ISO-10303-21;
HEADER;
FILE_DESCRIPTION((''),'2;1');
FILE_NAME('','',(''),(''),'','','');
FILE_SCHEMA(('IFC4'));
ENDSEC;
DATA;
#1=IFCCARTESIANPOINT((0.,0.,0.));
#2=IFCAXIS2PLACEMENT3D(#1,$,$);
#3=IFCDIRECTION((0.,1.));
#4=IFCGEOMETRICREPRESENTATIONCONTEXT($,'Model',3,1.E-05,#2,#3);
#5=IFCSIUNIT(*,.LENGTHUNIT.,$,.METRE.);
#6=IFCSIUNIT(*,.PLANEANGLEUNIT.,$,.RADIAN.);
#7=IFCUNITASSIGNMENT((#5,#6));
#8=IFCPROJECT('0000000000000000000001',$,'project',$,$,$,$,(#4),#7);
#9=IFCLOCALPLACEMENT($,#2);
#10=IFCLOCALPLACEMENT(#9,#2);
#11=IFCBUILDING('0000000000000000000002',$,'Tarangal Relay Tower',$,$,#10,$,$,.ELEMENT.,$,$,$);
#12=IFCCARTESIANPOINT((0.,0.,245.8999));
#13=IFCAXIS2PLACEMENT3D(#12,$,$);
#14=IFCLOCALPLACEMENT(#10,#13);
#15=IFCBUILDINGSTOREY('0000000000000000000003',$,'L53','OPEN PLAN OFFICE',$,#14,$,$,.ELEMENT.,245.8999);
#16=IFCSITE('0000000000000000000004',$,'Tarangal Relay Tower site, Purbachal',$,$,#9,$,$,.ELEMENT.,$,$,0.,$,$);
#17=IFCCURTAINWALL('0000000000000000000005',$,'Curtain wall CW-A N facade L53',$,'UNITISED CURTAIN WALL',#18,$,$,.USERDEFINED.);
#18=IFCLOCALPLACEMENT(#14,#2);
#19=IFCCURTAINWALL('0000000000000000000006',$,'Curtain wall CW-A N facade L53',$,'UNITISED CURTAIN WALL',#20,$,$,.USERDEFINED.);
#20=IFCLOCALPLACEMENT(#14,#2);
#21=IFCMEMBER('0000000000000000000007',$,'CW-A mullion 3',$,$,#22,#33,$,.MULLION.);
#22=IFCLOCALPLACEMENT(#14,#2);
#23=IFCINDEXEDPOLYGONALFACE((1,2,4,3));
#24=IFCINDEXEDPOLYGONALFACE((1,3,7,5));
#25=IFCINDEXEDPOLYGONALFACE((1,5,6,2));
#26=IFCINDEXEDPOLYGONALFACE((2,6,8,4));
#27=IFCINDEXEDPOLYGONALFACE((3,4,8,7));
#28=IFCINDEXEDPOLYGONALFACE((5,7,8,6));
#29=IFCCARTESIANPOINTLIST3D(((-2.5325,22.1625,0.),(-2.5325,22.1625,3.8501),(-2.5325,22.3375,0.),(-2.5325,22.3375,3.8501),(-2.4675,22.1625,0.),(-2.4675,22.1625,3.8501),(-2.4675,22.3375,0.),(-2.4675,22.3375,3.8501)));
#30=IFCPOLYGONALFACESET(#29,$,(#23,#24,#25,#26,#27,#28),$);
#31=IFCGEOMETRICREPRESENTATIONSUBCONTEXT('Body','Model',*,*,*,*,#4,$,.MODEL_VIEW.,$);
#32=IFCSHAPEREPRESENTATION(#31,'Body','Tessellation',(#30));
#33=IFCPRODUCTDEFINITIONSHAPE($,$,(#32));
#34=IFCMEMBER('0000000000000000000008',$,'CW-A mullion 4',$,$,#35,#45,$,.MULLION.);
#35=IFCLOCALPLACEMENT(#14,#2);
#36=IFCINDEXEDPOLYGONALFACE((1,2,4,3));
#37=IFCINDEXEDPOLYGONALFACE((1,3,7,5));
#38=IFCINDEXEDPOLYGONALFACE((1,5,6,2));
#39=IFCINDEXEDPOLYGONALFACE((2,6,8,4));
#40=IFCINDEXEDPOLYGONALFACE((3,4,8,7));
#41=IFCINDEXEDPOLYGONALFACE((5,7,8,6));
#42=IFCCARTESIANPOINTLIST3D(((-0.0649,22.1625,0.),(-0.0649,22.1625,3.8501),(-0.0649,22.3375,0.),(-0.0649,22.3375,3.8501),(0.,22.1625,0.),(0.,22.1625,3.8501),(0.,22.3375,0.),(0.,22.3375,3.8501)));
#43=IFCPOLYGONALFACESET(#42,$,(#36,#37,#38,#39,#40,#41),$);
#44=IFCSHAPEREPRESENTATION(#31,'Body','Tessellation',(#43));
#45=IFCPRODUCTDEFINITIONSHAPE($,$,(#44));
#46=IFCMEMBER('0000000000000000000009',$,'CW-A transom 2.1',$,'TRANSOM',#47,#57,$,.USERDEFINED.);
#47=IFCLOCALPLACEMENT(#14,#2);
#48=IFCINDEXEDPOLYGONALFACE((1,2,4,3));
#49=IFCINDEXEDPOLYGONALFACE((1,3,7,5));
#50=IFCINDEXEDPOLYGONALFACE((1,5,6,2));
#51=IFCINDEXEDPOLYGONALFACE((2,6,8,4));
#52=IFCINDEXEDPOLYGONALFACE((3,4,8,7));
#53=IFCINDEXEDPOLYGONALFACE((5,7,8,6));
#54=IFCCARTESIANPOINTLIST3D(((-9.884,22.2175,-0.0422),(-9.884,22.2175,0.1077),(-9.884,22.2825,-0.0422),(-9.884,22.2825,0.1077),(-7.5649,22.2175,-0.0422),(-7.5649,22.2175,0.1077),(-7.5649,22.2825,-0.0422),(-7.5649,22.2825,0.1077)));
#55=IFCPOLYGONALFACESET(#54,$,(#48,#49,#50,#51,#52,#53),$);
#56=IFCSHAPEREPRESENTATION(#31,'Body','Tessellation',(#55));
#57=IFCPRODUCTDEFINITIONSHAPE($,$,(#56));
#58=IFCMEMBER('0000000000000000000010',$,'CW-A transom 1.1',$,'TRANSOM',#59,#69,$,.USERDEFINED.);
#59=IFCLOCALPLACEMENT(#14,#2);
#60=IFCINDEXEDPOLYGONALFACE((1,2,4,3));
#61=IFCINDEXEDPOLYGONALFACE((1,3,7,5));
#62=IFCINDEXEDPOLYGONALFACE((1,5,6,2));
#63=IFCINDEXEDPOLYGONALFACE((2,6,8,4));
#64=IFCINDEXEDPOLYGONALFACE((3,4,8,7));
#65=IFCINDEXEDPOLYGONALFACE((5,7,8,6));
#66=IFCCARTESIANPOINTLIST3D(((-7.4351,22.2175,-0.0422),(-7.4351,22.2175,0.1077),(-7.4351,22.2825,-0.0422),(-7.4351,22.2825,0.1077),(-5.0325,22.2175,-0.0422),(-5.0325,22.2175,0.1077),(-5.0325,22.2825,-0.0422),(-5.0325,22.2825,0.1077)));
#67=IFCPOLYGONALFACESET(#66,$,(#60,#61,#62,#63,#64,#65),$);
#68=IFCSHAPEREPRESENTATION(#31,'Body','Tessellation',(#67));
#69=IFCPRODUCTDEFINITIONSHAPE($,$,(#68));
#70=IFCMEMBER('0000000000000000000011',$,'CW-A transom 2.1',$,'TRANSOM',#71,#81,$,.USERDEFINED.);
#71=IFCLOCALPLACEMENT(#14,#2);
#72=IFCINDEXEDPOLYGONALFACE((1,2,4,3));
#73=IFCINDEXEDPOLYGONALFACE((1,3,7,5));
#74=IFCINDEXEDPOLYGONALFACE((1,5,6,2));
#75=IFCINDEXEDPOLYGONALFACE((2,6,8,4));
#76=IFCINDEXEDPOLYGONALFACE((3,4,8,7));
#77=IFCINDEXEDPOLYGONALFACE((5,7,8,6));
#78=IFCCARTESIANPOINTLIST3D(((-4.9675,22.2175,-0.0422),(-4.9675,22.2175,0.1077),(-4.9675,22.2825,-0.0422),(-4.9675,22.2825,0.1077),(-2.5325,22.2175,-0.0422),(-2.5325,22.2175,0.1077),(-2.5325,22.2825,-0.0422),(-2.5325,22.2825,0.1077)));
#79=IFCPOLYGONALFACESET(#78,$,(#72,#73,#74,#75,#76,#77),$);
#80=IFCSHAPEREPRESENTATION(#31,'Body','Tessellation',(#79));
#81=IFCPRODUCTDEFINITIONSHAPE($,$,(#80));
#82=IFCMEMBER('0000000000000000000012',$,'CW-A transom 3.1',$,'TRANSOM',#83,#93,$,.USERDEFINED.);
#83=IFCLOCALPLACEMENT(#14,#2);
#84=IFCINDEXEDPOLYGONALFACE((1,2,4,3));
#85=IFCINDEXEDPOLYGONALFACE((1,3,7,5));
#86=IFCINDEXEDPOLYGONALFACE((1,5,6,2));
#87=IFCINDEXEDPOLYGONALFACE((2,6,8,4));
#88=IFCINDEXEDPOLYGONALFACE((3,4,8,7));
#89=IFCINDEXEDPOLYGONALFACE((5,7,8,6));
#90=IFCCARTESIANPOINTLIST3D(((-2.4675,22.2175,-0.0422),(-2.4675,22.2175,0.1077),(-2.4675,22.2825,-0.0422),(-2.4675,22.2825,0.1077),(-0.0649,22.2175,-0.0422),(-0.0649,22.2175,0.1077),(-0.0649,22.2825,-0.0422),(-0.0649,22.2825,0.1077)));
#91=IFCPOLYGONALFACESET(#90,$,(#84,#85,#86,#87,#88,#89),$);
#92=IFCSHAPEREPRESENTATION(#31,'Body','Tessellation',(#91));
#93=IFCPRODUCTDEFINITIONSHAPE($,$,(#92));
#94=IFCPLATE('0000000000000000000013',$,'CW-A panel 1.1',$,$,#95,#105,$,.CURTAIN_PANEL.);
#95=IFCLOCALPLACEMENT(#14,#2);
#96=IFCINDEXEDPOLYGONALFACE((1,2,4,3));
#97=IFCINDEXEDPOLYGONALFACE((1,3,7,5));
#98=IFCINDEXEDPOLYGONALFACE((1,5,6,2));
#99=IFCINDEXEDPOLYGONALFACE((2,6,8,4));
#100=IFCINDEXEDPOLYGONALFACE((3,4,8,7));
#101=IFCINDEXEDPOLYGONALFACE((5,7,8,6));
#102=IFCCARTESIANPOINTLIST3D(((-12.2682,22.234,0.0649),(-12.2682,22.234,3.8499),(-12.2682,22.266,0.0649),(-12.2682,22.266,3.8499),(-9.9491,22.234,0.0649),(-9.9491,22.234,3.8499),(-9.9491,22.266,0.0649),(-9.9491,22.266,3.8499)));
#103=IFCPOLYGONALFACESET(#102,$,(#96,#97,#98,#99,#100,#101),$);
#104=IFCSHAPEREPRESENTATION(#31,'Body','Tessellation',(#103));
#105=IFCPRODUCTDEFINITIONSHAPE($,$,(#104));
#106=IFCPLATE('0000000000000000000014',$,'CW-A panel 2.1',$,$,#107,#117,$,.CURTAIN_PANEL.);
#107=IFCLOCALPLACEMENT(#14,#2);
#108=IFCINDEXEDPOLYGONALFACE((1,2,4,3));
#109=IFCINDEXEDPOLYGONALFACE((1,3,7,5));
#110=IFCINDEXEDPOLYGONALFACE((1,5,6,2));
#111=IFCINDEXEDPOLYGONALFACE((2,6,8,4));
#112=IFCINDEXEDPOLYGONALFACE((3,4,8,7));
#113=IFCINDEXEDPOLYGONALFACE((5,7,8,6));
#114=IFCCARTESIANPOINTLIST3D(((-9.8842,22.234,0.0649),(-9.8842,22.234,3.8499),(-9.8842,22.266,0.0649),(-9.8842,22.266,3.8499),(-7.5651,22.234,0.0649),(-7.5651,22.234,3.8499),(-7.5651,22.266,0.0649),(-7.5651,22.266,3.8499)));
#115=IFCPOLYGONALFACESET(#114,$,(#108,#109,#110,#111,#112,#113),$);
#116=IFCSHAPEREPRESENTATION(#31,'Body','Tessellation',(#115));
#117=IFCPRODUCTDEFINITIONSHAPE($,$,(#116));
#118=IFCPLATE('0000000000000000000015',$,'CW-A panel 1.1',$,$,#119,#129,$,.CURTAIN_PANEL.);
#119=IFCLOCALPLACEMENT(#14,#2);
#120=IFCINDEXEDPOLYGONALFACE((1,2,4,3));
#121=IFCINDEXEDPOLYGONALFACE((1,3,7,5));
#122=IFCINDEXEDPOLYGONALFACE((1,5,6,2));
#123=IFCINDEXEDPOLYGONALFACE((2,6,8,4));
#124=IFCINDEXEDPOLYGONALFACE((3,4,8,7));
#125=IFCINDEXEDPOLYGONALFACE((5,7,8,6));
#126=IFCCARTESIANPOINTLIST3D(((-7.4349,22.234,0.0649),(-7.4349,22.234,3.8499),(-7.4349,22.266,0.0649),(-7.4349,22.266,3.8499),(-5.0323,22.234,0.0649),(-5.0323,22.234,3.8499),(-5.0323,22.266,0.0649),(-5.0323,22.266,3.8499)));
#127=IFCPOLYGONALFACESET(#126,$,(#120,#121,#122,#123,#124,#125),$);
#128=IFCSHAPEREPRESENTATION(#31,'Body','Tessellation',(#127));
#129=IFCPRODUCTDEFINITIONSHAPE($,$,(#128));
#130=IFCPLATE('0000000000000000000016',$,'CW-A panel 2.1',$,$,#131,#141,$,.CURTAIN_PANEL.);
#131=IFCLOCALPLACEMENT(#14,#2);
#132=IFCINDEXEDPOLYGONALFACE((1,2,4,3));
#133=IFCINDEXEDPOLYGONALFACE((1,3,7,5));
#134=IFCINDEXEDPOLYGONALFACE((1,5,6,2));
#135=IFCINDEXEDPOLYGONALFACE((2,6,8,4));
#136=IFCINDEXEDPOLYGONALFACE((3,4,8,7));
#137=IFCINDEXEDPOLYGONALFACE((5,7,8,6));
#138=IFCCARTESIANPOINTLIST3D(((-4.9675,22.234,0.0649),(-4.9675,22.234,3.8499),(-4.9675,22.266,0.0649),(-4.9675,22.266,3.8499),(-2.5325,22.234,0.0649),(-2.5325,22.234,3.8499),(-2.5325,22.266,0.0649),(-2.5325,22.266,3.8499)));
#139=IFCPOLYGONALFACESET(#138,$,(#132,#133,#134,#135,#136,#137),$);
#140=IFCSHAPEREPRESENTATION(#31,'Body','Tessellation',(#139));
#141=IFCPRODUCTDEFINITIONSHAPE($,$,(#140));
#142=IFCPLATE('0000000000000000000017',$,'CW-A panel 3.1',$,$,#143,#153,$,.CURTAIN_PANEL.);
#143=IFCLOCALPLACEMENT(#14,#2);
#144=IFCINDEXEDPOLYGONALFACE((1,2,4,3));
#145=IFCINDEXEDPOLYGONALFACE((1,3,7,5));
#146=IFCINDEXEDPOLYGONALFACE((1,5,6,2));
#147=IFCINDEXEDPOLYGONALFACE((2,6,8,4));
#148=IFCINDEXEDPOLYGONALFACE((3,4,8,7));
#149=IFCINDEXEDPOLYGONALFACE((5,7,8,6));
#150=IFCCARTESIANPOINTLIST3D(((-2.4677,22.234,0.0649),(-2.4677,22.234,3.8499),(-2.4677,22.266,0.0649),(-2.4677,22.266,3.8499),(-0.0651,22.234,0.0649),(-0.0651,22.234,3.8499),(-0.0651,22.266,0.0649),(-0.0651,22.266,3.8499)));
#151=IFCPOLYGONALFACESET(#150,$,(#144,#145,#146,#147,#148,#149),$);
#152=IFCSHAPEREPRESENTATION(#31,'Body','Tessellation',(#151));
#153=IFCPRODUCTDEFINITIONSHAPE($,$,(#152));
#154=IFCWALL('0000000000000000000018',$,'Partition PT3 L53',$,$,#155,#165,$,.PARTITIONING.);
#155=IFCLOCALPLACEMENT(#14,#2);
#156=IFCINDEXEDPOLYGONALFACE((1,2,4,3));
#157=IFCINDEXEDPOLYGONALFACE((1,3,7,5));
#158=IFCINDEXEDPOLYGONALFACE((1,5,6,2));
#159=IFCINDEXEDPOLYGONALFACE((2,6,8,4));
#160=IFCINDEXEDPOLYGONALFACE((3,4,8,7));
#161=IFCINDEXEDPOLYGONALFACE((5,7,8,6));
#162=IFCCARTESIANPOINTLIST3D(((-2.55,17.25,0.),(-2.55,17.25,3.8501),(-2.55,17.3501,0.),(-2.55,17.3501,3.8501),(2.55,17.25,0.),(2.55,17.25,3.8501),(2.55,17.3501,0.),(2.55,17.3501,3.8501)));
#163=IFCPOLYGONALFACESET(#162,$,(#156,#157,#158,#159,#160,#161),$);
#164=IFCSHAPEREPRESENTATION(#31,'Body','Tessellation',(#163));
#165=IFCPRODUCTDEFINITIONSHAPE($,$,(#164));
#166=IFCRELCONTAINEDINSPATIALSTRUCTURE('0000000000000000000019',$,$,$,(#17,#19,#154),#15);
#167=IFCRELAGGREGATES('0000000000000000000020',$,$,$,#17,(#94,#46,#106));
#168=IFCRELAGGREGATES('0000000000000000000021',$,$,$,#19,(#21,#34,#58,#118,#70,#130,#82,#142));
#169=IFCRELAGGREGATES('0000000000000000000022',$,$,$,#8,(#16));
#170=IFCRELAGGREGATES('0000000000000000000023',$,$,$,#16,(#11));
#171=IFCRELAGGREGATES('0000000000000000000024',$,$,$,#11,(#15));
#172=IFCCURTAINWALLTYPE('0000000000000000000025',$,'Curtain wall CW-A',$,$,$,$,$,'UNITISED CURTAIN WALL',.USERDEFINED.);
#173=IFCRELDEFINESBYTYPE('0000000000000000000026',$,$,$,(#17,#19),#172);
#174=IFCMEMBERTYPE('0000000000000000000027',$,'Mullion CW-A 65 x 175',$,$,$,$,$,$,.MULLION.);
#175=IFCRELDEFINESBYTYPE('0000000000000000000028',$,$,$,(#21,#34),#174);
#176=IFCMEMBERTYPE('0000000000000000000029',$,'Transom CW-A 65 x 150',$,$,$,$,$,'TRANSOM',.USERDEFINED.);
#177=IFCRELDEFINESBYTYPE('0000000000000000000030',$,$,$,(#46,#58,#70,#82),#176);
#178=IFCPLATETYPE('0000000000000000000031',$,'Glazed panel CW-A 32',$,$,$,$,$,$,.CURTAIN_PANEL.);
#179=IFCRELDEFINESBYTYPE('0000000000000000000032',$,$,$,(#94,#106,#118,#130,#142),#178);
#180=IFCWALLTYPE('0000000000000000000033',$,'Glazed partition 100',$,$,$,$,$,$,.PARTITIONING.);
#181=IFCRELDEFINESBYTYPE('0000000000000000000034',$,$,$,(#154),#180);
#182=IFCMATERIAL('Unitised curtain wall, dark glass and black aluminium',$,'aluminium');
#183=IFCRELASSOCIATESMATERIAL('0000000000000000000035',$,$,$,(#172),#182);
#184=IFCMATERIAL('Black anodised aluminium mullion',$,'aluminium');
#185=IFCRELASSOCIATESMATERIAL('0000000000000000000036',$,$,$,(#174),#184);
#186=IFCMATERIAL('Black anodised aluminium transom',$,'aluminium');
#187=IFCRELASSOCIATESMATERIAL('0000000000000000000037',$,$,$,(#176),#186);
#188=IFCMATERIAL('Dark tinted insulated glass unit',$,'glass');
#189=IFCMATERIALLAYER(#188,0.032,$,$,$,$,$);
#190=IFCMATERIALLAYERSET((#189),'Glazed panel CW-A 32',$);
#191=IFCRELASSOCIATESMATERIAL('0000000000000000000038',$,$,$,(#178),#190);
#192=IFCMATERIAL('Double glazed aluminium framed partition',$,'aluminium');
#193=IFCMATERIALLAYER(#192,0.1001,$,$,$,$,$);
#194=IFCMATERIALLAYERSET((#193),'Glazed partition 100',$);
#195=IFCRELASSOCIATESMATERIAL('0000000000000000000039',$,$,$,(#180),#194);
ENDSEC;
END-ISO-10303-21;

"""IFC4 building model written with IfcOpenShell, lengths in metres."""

from ifc_helpers import new_model, si_unit, direction, frame, frame_2d, origin, origin_2d, place, context, subcontext, project, spatial, rectangle, extrude, material, layer, layer_set, material_profile, profile_set, type_object, element, aggregate, save


model = new_model("IFC4")

# Units and contexts
model_context = context("Model", 3, precision=1e-05, world=origin(), true_north=direction((0.0, 1.0)))
body_context = subcontext(model_context, "Body", "Model", "MODEL_VIEW")
ifc_project = project(units=[si_unit("LENGTHUNIT", "METRE"), si_unit("PLANEANGLEUNIT", "RADIAN")], contexts=[model_context])

# Site, building, storey
site_placement = place(None, origin())
site = spatial("IfcSite", under=ifc_project, at=site_placement, Name="Tarangal Relay Tower site, Purbachal", CompositionType="ELEMENT", RefElevation=0.0)
building_placement = place(site_placement, origin())
building = spatial("IfcBuilding", under=site, at=building_placement, Name="Tarangal Relay Tower", CompositionType="ELEMENT")
storey_placement = place(building_placement, frame((0.0, 0.0, 245.8999)))
storey = spatial("IfcBuildingStorey", under=building, at=storey_placement, Name="L53", Description="OPEN PLAN OFFICE", CompositionType="ELEMENT", Elevation=245.8999)

# Curtain walls, members
ifc_material_1 = material(Name="Unitised curtain wall, dark glass and black aluminium", Category="aluminium")
curtain_wall_type = type_object("IfcCurtainWallType", Name="Curtain wall CW-A", ElementType="UNITISED CURTAIN WALL", PredefinedType="USERDEFINED", material=ifc_material_1)
curtain_wall_1_placement = place(storey_placement, origin())
curtain_wall_1 = element("IfcCurtainWall", 1, at=curtain_wall_1_placement, inside=storey, type_object=curtain_wall_type, Name="Curtain wall CW-A N facade L53", ObjectType="UNITISED CURTAIN WALL", PredefinedType="USERDEFINED")
ifc_material_2 = material(Name="Black anodised aluminium mullion", Category="aluminium")
ifc_material_profile_1 = material_profile(ifc_material_2, rectangle(XDim=0.175, YDim=0.0649, at=origin_2d()), Name="CW-AM 65X175")
ifc_profile_set_1 = profile_set([ifc_material_profile_1], Name="Black anodised aluminium mullion")
member_type_1 = type_object("IfcMemberType", Name="Mullion CW-A 65 x 175", PredefinedType="MULLION", material=ifc_profile_set_1)
curtain_wall_2_placement = place(storey_placement, origin())
curtain_wall_2 = element("IfcCurtainWall", 2, at=curtain_wall_2_placement, inside=storey, type_object=curtain_wall_type, Name="Curtain wall CW-A N facade L53", ObjectType="UNITISED CURTAIN WALL", PredefinedType="USERDEFINED")
member_1_placement = place(storey_placement, frame((-2.5, 22.25, 0.0), z_axis=(0.0, 0.0, 1.0), x_axis=(0.0, 1.0, 0.0)))
member_1 = element("IfcMember", 3, at=member_1_placement, type_object=member_type_1, Name="CW-A mullion 3", PredefinedType="MULLION", context=body_context, shape_type="SweptSolid", body=[
    extrude(rectangle(XDim=0.175, YDim=0.0649, at=origin_2d()), origin(), (0.0, 0.0, 1.0), 3.8501),
])
member_2_placement = place(storey_placement, frame((-0.0325, 22.25, 0.0), z_axis=(0.0, 0.0, 1.0), x_axis=(0.0, 1.0, 0.0)))
member_2 = element("IfcMember", 4, at=member_2_placement, type_object=member_type_1, Name="CW-A mullion 4", PredefinedType="MULLION", context=body_context, shape_type="SweptSolid", body=[
    extrude(rectangle(XDim=0.175, YDim=0.0649, at=origin_2d()), origin(), (0.0, 0.0, 1.0), 3.8501),
])

# Members
ifc_material_3 = material(Name="Black anodised aluminium transom", Category="aluminium")
ifc_material_profile_2 = material_profile(ifc_material_3, rectangle(XDim=0.0649, YDim=0.1499, at=origin_2d()), Name="CW-AT 65X150")
ifc_profile_set_2 = profile_set([ifc_material_profile_2], Name="Black anodised aluminium transom")
member_type_2 = type_object("IfcMemberType", Name="Transom CW-A 65 x 150", ElementType="TRANSOM", PredefinedType="USERDEFINED", material=ifc_profile_set_2)
member_3_placement = place(storey_placement, frame((-9.884, 22.25, 0.0327), z_axis=(1.0, 0.0, 0.0), x_axis=(0.0, 1.0, 0.0)))
member_3 = element("IfcMember", 5, at=member_3_placement, type_object=member_type_2, Name="CW-A transom 2.1", ObjectType="TRANSOM", PredefinedType="USERDEFINED", context=body_context, shape_type="SweptSolid", body=[
    extrude(rectangle(XDim=0.0649, YDim=0.1499, at=origin_2d()), origin(), (0.0, 0.0, 1.0), 2.3191),
])
member_4_placement = place(storey_placement, frame((-7.4351, 22.25, 0.0327), z_axis=(1.0, 0.0, 0.0), x_axis=(0.0, 1.0, 0.0)))
member_4 = element("IfcMember", 6, at=member_4_placement, type_object=member_type_2, Name="CW-A transom 1.1", ObjectType="TRANSOM", PredefinedType="USERDEFINED", context=body_context, shape_type="SweptSolid", body=[
    extrude(rectangle(XDim=0.0649, YDim=0.1499, at=origin_2d()), origin(), (0.0, 0.0, 1.0), 2.4026),
])
member_5_placement = place(storey_placement, frame((-4.9675, 22.25, 0.0327), z_axis=(1.0, 0.0, 0.0), x_axis=(0.0, 1.0, 0.0)))
member_5 = element("IfcMember", 7, at=member_5_placement, type_object=member_type_2, Name="CW-A transom 2.1", ObjectType="TRANSOM", PredefinedType="USERDEFINED", context=body_context, shape_type="SweptSolid", body=[
    extrude(rectangle(XDim=0.0649, YDim=0.1499, at=origin_2d()), origin(), (0.0, 0.0, 1.0), 2.4351),
])
member_6_placement = place(storey_placement, frame((-2.4675, 22.25, 0.0327), z_axis=(1.0, 0.0, 0.0), x_axis=(0.0, 1.0, 0.0)))
member_6 = element("IfcMember", 8, at=member_6_placement, type_object=member_type_2, Name="CW-A transom 3.1", ObjectType="TRANSOM", PredefinedType="USERDEFINED", context=body_context, shape_type="SweptSolid", body=[
    extrude(rectangle(XDim=0.0649, YDim=0.1499, at=origin_2d()), origin(), (0.0, 0.0, 1.0), 2.4026),
])

# Plates
ifc_material_4 = material(Name="Dark tinted insulated glass unit", Category="glass")
ifc_layer_1 = layer(ifc_material_4, 0.032)
ifc_layer_set_1 = layer_set([ifc_layer_1], Name="Glazed panel CW-A 32")
plate_type = type_object("IfcPlateType", Name="Glazed panel CW-A 32", PredefinedType="CURTAIN_PANEL", material=ifc_layer_set_1)
plate_1_placement = place(storey_placement, frame((-11.1086, 22.25, 0.0649), z_axis=(0.0, 0.0, 1.0), x_axis=(1.0, 0.0, 0.0)))
plate_1 = element("IfcPlate", 9, at=plate_1_placement, type_object=plate_type, Name="CW-A panel 1.1", PredefinedType="CURTAIN_PANEL", context=body_context, shape_type="SweptSolid", body=[
    extrude(rectangle(XDim=2.3191, YDim=0.032, at=origin_2d()), origin(), (0.0, 0.0, 1.0), 3.7849),
])
plate_2_placement = place(storey_placement, frame((-8.7246, 22.25, 0.0649), z_axis=(0.0, 0.0, 1.0), x_axis=(1.0, 0.0, 0.0)))
plate_2 = element("IfcPlate", 10, at=plate_2_placement, type_object=plate_type, Name="CW-A panel 2.1", PredefinedType="CURTAIN_PANEL", context=body_context, shape_type="SweptSolid", body=[
    extrude(rectangle(XDim=2.3191, YDim=0.032, at=origin_2d()), origin(), (0.0, 0.0, 1.0), 3.7849),
])
aggregate(curtain_wall_1, [plate_1, member_3, plate_2])
plate_3_placement = place(storey_placement, frame((-6.2336, 22.25, 0.0649), z_axis=(0.0, 0.0, 1.0), x_axis=(1.0, 0.0, 0.0)))
plate_3 = element("IfcPlate", 11, at=plate_3_placement, type_object=plate_type, Name="CW-A panel 1.1", PredefinedType="CURTAIN_PANEL", context=body_context, shape_type="SweptSolid", body=[
    extrude(rectangle(XDim=2.4026, YDim=0.032, at=origin_2d()), origin(), (0.0, 0.0, 1.0), 3.7849),
])
plate_4_placement = place(storey_placement, frame((-3.75, 22.25, 0.0649), z_axis=(0.0, 0.0, 1.0), x_axis=(1.0, 0.0, 0.0)))
plate_4 = element("IfcPlate", 12, at=plate_4_placement, type_object=plate_type, Name="CW-A panel 2.1", PredefinedType="CURTAIN_PANEL", context=body_context, shape_type="SweptSolid", body=[
    extrude(rectangle(XDim=2.4351, YDim=0.032, at=origin_2d()), origin(), (0.0, 0.0, 1.0), 3.7849),
])
plate_5_placement = place(storey_placement, frame((-1.2664, 22.25, 0.0649), z_axis=(0.0, 0.0, 1.0), x_axis=(1.0, 0.0, 0.0)))
plate_5 = element("IfcPlate", 13, at=plate_5_placement, type_object=plate_type, Name="CW-A panel 3.1", PredefinedType="CURTAIN_PANEL", context=body_context, shape_type="SweptSolid", body=[
    extrude(rectangle(XDim=2.4026, YDim=0.032, at=origin_2d()), origin(), (0.0, 0.0, 1.0), 3.7849),
])
aggregate(curtain_wall_2, [member_1, member_2, member_4, plate_3, member_5, plate_4, member_6, plate_5])

# Wall
ifc_material_5 = material(Name="Double glazed aluminium framed partition", Category="aluminium")
ifc_layer_2 = layer(ifc_material_5, 0.1001)
ifc_layer_set_2 = layer_set([ifc_layer_2], Name="Glazed partition 100")
wall_type_1 = type_object("IfcWallType", Name="Glazed partition 100", PredefinedType="PARTITIONING", material=ifc_layer_set_2)
wall_1_placement = place(storey_placement, frame((-2.55, 17.3, 0.0), z_axis=(0.0, 0.0, 1.0), x_axis=(1.0, 0.0, 0.0)))
element("IfcWall", 14, at=wall_1_placement, inside=storey, type_object=wall_type_1, Name="Partition PT3 L53", PredefinedType="PARTITIONING", context=body_context, shape_type="SweptSolid", body=[
    extrude(rectangle(XDim=5.1001, YDim=0.1001, at=frame_2d((2.55, 0.0))), origin(), (0.0, 0.0, 1.0), 3.8501),
])

save(model, "model.ifc")
